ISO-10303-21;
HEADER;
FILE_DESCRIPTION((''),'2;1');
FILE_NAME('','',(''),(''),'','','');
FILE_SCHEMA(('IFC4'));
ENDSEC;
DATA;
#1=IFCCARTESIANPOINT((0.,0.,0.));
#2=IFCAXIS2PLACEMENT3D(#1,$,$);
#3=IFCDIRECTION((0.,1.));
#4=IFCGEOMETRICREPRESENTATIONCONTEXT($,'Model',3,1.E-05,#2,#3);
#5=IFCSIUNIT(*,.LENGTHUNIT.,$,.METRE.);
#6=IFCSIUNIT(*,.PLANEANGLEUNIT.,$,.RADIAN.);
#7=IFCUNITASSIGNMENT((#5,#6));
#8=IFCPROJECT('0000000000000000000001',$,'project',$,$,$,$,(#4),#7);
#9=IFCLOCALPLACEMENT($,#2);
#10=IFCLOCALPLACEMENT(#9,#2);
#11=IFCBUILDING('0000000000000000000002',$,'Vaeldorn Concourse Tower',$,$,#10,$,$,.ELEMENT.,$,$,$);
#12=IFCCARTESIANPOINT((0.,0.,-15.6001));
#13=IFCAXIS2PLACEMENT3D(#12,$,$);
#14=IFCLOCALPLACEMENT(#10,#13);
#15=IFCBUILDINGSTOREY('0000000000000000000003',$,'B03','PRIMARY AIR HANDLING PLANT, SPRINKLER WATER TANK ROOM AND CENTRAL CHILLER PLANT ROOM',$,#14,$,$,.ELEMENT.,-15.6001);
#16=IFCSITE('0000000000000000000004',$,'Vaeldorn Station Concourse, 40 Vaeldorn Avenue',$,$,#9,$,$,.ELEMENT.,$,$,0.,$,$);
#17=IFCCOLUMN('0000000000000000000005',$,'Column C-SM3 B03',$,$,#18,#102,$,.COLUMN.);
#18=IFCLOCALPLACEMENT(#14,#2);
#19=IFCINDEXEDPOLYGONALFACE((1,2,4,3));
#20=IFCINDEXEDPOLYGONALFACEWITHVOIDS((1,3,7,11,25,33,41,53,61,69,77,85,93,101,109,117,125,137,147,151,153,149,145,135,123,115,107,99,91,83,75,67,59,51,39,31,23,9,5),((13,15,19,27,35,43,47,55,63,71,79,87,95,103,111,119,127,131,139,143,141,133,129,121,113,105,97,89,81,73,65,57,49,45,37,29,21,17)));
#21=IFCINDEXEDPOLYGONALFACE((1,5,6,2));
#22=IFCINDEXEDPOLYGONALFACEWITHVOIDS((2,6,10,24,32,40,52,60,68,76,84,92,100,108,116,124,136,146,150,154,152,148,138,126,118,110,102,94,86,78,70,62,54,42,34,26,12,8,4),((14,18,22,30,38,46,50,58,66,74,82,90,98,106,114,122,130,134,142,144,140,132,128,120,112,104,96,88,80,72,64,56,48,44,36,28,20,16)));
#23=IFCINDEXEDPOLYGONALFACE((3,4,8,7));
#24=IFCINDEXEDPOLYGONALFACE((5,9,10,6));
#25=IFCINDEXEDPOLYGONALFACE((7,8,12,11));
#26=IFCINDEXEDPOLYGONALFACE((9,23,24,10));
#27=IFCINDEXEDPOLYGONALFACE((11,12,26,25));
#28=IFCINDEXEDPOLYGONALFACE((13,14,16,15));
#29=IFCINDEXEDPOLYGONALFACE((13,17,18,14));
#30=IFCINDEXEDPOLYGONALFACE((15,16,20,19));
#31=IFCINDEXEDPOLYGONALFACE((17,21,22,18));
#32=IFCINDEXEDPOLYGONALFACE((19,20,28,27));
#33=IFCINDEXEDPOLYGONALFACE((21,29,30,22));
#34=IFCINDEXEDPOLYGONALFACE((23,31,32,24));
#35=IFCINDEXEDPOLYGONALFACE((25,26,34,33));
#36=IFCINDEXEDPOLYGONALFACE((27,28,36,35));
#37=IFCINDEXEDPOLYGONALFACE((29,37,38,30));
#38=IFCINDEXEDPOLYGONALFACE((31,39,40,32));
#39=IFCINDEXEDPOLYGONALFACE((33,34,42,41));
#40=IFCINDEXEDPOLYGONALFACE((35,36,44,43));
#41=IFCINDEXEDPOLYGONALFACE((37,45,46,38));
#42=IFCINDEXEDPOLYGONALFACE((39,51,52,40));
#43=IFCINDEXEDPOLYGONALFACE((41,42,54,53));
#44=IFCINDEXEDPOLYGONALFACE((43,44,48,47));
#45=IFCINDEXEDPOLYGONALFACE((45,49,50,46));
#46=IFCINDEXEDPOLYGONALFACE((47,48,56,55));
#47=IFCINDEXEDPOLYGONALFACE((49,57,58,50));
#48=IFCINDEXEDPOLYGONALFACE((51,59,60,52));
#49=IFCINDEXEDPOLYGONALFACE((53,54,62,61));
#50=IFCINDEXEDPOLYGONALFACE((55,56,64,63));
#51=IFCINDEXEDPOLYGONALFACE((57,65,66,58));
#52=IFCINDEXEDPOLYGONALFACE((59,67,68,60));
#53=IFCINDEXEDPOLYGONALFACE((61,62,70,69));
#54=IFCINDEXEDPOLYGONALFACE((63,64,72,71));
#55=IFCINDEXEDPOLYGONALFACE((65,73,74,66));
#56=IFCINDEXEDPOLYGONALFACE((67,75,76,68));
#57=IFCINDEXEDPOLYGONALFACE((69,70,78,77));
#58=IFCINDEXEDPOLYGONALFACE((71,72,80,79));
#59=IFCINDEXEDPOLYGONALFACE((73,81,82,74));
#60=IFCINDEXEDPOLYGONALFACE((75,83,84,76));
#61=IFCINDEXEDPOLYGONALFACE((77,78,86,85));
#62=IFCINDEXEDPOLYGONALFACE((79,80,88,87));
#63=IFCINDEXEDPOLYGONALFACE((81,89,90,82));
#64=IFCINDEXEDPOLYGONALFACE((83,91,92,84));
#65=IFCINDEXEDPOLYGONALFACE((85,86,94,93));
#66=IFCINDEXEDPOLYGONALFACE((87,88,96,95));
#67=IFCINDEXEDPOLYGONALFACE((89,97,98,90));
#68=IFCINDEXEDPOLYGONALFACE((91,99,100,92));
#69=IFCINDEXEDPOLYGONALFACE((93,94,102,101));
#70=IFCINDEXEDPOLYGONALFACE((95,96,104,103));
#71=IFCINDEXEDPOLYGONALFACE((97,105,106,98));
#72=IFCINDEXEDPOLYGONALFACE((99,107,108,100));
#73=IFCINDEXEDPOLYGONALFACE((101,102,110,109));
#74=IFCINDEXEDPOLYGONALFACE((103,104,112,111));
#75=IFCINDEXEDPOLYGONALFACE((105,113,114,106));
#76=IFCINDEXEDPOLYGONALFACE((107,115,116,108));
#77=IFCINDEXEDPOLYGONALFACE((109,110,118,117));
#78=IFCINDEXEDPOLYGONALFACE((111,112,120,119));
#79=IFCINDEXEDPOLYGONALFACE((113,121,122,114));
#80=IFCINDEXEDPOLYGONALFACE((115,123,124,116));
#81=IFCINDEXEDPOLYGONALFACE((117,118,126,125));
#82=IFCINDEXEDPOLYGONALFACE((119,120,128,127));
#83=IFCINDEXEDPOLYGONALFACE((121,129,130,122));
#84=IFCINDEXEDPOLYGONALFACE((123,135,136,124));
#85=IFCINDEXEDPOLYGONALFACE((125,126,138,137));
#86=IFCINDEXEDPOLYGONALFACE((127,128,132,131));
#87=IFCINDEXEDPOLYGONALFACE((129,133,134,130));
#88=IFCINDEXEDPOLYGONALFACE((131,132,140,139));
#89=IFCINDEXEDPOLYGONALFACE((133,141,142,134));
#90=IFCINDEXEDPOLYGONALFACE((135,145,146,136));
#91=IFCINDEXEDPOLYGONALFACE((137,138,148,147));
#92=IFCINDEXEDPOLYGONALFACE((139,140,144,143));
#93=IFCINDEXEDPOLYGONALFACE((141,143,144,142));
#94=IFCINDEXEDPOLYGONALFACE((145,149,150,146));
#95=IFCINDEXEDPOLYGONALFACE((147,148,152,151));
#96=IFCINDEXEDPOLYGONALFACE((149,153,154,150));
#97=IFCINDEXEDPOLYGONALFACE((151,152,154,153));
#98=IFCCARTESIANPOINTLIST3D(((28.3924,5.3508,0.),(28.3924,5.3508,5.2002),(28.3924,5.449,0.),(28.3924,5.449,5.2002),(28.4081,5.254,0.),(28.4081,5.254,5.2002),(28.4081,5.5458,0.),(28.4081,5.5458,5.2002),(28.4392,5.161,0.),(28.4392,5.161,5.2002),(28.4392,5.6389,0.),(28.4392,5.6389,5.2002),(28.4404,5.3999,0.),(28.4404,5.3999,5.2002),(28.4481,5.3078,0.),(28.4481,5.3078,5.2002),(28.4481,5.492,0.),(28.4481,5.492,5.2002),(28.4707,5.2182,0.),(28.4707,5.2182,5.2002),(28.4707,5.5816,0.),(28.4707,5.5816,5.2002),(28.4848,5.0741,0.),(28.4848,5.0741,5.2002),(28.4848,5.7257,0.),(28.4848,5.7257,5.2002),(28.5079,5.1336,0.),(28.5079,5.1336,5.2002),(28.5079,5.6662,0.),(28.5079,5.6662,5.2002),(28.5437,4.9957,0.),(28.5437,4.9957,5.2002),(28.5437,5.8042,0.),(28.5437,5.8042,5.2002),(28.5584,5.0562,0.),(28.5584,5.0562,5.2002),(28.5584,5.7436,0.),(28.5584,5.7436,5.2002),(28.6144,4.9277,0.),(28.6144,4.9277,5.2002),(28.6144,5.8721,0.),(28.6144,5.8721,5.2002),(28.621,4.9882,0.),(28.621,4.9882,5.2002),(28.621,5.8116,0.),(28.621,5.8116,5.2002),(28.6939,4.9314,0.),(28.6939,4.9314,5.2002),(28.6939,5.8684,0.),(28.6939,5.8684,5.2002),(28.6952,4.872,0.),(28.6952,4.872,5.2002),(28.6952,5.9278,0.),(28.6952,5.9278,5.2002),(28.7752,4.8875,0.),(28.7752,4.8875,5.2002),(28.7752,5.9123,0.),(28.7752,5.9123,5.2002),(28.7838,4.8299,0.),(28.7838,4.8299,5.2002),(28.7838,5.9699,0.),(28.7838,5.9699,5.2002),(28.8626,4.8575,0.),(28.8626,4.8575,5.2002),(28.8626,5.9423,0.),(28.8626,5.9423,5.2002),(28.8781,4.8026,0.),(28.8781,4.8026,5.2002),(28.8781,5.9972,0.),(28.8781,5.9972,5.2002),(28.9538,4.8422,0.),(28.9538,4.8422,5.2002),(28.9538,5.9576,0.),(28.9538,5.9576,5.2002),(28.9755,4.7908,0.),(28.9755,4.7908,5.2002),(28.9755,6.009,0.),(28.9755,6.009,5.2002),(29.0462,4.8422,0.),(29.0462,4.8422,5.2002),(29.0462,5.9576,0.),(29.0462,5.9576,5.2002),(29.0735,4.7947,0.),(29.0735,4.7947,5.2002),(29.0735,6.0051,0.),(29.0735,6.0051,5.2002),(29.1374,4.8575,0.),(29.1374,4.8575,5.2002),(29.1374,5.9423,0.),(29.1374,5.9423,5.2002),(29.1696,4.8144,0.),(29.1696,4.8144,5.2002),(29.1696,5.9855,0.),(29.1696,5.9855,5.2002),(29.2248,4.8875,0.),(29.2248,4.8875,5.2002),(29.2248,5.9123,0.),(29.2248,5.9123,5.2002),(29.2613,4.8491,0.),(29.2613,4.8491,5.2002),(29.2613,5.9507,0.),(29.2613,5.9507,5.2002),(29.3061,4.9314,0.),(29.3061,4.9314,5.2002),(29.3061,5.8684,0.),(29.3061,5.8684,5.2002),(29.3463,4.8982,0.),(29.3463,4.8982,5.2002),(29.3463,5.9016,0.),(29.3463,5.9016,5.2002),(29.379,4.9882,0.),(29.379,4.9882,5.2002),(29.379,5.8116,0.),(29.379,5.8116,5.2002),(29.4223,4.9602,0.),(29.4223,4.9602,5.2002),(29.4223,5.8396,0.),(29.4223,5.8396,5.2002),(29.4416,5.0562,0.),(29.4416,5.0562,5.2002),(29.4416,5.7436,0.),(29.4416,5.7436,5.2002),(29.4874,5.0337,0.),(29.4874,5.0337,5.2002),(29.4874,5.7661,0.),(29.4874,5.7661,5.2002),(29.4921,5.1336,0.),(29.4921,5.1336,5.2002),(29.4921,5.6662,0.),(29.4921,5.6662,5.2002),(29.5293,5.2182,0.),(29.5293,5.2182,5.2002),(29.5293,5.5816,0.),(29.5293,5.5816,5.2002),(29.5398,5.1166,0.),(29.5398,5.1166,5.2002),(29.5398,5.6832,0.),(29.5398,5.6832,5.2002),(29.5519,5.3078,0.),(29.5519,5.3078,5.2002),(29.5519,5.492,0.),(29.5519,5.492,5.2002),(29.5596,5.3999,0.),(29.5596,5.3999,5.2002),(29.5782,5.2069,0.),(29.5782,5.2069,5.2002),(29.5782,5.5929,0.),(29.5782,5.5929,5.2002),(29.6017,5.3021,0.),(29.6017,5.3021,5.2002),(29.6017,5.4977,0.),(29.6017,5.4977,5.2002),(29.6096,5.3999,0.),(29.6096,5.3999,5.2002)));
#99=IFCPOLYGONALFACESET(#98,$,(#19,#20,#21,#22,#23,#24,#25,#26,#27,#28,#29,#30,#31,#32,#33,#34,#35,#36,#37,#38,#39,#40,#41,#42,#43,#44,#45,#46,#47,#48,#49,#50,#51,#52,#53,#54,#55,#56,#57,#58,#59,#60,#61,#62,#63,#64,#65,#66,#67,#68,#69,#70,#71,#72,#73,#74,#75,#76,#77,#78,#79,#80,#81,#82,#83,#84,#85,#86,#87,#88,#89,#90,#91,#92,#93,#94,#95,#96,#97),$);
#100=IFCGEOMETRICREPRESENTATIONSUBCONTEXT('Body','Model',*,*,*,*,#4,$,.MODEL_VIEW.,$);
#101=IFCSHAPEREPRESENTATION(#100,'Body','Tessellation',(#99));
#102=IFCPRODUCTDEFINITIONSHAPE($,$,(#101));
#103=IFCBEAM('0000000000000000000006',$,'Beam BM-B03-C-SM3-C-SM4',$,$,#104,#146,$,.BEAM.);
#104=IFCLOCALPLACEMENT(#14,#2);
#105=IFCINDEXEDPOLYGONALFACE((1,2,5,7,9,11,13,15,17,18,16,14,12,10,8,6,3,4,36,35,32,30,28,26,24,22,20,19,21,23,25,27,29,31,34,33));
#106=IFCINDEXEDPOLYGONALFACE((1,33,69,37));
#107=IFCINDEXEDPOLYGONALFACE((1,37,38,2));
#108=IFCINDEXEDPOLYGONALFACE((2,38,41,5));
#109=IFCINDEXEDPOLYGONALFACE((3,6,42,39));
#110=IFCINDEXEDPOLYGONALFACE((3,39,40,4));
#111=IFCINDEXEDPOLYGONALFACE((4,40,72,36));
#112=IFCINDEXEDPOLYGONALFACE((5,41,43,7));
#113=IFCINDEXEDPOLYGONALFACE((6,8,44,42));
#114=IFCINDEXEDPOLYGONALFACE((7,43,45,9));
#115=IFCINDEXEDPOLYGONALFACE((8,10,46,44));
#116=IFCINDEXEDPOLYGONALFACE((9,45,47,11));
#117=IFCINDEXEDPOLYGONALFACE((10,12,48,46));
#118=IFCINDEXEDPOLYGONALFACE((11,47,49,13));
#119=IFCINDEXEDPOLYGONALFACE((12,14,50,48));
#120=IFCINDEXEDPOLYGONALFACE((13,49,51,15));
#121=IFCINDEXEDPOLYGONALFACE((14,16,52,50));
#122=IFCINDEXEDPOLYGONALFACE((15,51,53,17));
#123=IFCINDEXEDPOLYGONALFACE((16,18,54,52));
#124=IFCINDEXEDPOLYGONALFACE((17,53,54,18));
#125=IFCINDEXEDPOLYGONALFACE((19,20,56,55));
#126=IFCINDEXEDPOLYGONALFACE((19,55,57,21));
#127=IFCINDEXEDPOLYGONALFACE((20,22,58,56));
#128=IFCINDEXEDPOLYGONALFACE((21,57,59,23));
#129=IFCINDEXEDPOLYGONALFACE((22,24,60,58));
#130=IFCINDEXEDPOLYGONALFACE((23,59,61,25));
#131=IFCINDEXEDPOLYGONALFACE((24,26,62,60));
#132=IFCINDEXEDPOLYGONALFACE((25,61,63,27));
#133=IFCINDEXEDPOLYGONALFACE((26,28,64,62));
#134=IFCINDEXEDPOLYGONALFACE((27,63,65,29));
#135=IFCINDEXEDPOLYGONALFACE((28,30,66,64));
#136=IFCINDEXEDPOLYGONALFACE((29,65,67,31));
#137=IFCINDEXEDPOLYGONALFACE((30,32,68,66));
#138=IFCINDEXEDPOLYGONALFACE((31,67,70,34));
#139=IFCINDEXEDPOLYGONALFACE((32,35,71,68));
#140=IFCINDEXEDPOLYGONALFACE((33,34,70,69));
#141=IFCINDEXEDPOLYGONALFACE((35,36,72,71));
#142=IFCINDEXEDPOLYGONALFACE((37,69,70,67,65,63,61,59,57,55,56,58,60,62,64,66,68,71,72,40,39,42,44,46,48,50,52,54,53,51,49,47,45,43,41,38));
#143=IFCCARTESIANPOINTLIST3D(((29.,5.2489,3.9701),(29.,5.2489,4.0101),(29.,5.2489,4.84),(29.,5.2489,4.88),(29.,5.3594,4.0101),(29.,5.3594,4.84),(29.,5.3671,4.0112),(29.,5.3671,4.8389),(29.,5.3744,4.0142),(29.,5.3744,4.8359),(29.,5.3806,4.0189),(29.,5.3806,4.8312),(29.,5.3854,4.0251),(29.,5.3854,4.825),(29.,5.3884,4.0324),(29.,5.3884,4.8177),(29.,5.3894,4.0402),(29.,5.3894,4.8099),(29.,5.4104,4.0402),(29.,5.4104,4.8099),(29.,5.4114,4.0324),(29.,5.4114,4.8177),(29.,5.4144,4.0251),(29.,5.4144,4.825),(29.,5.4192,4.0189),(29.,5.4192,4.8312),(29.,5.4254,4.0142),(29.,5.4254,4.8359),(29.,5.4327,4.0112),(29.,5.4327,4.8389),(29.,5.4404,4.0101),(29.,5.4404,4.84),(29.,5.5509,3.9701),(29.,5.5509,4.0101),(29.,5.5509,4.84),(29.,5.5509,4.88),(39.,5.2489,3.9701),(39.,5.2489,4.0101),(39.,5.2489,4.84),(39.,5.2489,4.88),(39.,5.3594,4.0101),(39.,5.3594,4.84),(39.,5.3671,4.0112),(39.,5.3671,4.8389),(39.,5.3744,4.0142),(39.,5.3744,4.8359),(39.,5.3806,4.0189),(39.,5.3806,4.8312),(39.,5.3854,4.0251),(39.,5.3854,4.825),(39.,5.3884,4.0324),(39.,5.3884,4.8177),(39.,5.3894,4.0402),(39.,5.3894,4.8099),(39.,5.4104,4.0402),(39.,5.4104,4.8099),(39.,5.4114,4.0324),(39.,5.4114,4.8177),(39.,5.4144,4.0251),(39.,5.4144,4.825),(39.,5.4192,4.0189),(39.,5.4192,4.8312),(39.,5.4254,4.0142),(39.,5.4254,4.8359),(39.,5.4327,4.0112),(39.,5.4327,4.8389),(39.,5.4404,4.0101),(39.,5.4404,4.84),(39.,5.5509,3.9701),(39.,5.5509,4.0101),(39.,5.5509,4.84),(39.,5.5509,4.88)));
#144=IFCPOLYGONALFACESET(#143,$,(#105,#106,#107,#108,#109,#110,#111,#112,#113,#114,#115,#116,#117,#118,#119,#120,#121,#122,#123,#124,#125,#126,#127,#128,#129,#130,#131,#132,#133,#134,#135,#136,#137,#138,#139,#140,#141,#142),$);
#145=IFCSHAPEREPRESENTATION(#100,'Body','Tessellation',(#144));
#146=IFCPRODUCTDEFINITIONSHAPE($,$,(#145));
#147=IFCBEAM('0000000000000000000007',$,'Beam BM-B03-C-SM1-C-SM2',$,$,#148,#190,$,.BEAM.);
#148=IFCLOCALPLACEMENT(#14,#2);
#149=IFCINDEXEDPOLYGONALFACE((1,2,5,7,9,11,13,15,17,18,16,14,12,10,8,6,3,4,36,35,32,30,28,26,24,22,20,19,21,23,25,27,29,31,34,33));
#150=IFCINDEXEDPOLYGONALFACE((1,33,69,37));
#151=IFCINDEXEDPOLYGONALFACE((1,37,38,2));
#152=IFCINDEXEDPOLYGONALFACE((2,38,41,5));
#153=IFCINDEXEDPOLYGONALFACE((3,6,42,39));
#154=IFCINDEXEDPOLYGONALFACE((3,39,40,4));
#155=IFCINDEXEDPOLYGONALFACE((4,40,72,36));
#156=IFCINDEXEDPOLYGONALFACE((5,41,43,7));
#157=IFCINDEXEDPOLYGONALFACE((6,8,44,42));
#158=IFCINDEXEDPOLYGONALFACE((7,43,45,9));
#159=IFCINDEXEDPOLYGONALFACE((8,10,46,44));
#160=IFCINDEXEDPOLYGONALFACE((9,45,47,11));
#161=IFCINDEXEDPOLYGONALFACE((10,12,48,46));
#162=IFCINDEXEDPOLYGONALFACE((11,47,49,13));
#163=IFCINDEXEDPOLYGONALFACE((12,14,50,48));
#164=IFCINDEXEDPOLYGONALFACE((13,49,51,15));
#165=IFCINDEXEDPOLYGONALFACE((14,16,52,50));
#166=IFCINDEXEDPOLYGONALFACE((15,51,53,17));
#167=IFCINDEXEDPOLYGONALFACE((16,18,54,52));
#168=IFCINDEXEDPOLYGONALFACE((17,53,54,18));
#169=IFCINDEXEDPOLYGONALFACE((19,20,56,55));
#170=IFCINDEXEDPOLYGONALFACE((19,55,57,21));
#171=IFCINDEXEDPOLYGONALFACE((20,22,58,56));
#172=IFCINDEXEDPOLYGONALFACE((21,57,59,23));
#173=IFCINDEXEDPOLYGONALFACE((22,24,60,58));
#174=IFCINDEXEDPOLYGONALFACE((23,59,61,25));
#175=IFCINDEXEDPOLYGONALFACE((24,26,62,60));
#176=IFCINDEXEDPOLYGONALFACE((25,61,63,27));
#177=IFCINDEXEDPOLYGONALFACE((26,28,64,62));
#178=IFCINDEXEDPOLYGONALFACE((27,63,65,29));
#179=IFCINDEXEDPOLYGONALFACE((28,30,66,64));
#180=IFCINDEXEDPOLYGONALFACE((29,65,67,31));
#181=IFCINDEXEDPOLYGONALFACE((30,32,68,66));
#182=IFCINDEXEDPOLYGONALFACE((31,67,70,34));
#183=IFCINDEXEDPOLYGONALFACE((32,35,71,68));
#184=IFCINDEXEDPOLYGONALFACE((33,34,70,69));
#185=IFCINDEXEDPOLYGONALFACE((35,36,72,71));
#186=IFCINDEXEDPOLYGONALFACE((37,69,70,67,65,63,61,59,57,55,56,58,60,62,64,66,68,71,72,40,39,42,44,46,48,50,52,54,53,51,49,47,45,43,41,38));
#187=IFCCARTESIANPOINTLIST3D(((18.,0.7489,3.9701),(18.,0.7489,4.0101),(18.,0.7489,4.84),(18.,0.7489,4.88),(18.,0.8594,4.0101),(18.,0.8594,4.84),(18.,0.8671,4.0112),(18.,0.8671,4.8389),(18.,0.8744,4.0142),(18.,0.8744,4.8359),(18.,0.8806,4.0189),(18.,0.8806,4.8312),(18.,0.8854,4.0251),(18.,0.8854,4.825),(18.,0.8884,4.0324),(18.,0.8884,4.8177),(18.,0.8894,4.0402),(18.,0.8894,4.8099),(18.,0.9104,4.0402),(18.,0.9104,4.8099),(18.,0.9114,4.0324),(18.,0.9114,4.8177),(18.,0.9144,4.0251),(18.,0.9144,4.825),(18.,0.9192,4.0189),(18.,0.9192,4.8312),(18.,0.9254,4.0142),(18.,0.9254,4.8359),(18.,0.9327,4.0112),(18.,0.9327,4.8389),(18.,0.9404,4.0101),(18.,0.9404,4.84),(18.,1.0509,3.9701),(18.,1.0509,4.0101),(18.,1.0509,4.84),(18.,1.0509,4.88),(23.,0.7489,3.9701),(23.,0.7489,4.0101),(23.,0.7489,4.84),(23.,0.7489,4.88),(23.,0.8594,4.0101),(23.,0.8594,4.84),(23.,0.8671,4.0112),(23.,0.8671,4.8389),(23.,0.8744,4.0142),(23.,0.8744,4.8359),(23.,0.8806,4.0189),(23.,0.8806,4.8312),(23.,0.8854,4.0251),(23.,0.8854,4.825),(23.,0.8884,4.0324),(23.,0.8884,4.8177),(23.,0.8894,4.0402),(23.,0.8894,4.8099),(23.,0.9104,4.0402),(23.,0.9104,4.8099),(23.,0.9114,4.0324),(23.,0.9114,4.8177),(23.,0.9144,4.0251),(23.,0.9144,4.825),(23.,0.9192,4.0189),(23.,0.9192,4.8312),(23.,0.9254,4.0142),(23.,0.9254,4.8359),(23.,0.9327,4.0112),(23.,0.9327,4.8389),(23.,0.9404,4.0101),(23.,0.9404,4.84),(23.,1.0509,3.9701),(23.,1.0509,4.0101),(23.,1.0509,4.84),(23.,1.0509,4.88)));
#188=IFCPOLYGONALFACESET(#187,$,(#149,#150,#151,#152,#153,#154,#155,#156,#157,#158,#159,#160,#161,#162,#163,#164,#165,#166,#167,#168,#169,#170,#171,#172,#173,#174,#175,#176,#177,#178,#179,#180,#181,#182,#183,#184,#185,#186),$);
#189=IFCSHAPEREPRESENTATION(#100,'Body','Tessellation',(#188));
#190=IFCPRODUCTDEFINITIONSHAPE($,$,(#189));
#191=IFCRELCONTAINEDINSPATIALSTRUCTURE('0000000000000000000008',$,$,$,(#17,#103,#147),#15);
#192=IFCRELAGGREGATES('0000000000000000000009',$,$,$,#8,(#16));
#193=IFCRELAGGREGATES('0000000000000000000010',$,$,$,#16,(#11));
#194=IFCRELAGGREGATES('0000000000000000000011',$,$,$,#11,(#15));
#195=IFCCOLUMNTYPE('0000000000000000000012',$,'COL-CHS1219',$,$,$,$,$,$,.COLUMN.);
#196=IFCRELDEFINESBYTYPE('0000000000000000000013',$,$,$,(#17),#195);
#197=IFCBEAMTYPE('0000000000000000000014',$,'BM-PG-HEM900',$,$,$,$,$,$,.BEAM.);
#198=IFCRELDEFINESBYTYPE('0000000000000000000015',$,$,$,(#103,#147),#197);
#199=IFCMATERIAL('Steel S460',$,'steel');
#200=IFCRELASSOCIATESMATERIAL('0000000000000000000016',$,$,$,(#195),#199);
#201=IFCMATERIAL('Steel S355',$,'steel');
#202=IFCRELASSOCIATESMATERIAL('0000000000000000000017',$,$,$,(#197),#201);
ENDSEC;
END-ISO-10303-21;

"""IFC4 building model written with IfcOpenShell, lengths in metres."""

from ifc_helpers import new_model, si_unit, direction, frame, origin, origin_2d, place, context, subcontext, project, spatial, hollow_circle, i_section, extrude, source, transform, mapped, material, material_profile, profile_set, type_object, element, save


model = new_model("IFC4")

# Units and contexts
model_context = context("Model", 3, precision=1e-05, world=origin(), true_north=direction((0.0, 1.0)))
body_context = subcontext(model_context, "Body", "Model", "MODEL_VIEW")
ifc_project = project(units=[si_unit("LENGTHUNIT", "METRE"), si_unit("PLANEANGLEUNIT", "RADIAN")], contexts=[model_context])

# Site, building, storey
site_placement = place(None, origin())
site = spatial("IfcSite", under=ifc_project, at=site_placement, Name="Vaeldorn Station Concourse, 40 Vaeldorn Avenue", CompositionType="ELEMENT", RefElevation=0.0)
building_placement = place(site_placement, origin())
building = spatial("IfcBuilding", under=site, at=building_placement, Name="Vaeldorn Concourse Tower", CompositionType="ELEMENT")
storey_placement = place(building_placement, frame((0.0, 0.0, -15.6001)))
storey = spatial("IfcBuildingStorey", under=building, at=storey_placement, Name="B03", Description="PRIMARY AIR HANDLING PLANT, SPRINKLER WATER TANK ROOM AND CENTRAL CHILLER PLANT ROOM", CompositionType="ELEMENT", Elevation=-15.6001)

# Column
ifc_material_1 = material(Name="Steel S460", Category="steel")
ifc_material_profile_1 = material_profile(ifc_material_1, hollow_circle(Radius=0.6096, WallThickness=0.05, at=origin_2d()), Name="CHS 1219x50")
ifc_profile_set_1 = profile_set([ifc_material_profile_1], Name="Steel S460")
column_type = type_object("IfcColumnType", Name="COL-CHS1219", PredefinedType="COLUMN", material=ifc_profile_set_1)
shared_shape_1 = source(origin(), body_context, "Body", "SweptSolid", [
    extrude(hollow_circle(Radius=0.6096, WallThickness=0.05, at=origin_2d()), origin(), (0.0, 0.0, 1.0), 5.2002),
])
for number, where, z_axis, x_axis, name in (
    (1, (29.0, 5.3999, 0.0), (0.0, 0.0, 1.0), (1.0, 0.0, 0.0), "Column C-SM3 B03"),
):
    element("IfcColumn", number, at=place(storey_placement, frame(where, z_axis=z_axis, x_axis=x_axis)), inside=storey, type_object=column_type, Name=name, PredefinedType="COLUMN", context=body_context, shape_type="MappedRepresentation", body=[
        mapped(shared_shape_1, transform((0.0, 0.0, 0.0), scale=1.0)),
    ])

# Beams
ifc_material_2 = material(Name="Steel S355", Category="steel")
ifc_material_profile_2 = material_profile(ifc_material_2, i_section(OverallWidth=0.302, OverallDepth=0.9099, WebThickness=0.021, FlangeThickness=0.04, FilletRadius=0.03, at=origin_2d()), Name="HEM 900")
ifc_profile_set_2 = profile_set([ifc_material_profile_2], Name="Steel S355")
beam_type_1 = type_object("IfcBeamType", Name="BM-PG-HEM900", PredefinedType="BEAM", material=ifc_profile_set_2)
shared_shape_2 = source(origin(), body_context, "Body", "SweptSolid", [
    extrude(i_section(OverallWidth=0.302, OverallDepth=0.9099, WebThickness=0.021, FlangeThickness=0.04, FilletRadius=0.03, at=origin_2d()), origin(), (0.0, 0.0, 1.0), 10.0),
])
beam_1_placement = place(storey_placement, frame((29.0, 5.3999, 4.425), z_axis=(1.0, 0.0, 0.0), x_axis=(0.0, 1.0, 0.0)))
element("IfcBeam", 2, at=beam_1_placement, inside=storey, type_object=beam_type_1, Name="Beam BM-B03-C-SM3-C-SM4", PredefinedType="BEAM", context=body_context, shape_type="MappedRepresentation", body=[
    mapped(shared_shape_2, transform((0.0, 0.0, 0.0), scale=1.0)),
])
shared_shape_3 = source(origin(), body_context, "Body", "SweptSolid", [
    extrude(i_section(OverallWidth=0.302, OverallDepth=0.9099, WebThickness=0.021, FlangeThickness=0.04, FilletRadius=0.03, at=origin_2d()), origin(), (0.0, 0.0, 1.0), 5.0),
])
beam_2_placement = place(storey_placement, frame((18.0, 0.8999, 4.425), z_axis=(1.0, 0.0, 0.0), x_axis=(0.0, 1.0, 0.0)))
element("IfcBeam", 3, at=beam_2_placement, inside=storey, type_object=beam_type_1, Name="Beam BM-B03-C-SM1-C-SM2", PredefinedType="BEAM", context=body_context, shape_type="MappedRepresentation", body=[
    mapped(shared_shape_3, transform((0.0, 0.0, 0.0), scale=1.0)),
])

save(model, "model.ifc")
